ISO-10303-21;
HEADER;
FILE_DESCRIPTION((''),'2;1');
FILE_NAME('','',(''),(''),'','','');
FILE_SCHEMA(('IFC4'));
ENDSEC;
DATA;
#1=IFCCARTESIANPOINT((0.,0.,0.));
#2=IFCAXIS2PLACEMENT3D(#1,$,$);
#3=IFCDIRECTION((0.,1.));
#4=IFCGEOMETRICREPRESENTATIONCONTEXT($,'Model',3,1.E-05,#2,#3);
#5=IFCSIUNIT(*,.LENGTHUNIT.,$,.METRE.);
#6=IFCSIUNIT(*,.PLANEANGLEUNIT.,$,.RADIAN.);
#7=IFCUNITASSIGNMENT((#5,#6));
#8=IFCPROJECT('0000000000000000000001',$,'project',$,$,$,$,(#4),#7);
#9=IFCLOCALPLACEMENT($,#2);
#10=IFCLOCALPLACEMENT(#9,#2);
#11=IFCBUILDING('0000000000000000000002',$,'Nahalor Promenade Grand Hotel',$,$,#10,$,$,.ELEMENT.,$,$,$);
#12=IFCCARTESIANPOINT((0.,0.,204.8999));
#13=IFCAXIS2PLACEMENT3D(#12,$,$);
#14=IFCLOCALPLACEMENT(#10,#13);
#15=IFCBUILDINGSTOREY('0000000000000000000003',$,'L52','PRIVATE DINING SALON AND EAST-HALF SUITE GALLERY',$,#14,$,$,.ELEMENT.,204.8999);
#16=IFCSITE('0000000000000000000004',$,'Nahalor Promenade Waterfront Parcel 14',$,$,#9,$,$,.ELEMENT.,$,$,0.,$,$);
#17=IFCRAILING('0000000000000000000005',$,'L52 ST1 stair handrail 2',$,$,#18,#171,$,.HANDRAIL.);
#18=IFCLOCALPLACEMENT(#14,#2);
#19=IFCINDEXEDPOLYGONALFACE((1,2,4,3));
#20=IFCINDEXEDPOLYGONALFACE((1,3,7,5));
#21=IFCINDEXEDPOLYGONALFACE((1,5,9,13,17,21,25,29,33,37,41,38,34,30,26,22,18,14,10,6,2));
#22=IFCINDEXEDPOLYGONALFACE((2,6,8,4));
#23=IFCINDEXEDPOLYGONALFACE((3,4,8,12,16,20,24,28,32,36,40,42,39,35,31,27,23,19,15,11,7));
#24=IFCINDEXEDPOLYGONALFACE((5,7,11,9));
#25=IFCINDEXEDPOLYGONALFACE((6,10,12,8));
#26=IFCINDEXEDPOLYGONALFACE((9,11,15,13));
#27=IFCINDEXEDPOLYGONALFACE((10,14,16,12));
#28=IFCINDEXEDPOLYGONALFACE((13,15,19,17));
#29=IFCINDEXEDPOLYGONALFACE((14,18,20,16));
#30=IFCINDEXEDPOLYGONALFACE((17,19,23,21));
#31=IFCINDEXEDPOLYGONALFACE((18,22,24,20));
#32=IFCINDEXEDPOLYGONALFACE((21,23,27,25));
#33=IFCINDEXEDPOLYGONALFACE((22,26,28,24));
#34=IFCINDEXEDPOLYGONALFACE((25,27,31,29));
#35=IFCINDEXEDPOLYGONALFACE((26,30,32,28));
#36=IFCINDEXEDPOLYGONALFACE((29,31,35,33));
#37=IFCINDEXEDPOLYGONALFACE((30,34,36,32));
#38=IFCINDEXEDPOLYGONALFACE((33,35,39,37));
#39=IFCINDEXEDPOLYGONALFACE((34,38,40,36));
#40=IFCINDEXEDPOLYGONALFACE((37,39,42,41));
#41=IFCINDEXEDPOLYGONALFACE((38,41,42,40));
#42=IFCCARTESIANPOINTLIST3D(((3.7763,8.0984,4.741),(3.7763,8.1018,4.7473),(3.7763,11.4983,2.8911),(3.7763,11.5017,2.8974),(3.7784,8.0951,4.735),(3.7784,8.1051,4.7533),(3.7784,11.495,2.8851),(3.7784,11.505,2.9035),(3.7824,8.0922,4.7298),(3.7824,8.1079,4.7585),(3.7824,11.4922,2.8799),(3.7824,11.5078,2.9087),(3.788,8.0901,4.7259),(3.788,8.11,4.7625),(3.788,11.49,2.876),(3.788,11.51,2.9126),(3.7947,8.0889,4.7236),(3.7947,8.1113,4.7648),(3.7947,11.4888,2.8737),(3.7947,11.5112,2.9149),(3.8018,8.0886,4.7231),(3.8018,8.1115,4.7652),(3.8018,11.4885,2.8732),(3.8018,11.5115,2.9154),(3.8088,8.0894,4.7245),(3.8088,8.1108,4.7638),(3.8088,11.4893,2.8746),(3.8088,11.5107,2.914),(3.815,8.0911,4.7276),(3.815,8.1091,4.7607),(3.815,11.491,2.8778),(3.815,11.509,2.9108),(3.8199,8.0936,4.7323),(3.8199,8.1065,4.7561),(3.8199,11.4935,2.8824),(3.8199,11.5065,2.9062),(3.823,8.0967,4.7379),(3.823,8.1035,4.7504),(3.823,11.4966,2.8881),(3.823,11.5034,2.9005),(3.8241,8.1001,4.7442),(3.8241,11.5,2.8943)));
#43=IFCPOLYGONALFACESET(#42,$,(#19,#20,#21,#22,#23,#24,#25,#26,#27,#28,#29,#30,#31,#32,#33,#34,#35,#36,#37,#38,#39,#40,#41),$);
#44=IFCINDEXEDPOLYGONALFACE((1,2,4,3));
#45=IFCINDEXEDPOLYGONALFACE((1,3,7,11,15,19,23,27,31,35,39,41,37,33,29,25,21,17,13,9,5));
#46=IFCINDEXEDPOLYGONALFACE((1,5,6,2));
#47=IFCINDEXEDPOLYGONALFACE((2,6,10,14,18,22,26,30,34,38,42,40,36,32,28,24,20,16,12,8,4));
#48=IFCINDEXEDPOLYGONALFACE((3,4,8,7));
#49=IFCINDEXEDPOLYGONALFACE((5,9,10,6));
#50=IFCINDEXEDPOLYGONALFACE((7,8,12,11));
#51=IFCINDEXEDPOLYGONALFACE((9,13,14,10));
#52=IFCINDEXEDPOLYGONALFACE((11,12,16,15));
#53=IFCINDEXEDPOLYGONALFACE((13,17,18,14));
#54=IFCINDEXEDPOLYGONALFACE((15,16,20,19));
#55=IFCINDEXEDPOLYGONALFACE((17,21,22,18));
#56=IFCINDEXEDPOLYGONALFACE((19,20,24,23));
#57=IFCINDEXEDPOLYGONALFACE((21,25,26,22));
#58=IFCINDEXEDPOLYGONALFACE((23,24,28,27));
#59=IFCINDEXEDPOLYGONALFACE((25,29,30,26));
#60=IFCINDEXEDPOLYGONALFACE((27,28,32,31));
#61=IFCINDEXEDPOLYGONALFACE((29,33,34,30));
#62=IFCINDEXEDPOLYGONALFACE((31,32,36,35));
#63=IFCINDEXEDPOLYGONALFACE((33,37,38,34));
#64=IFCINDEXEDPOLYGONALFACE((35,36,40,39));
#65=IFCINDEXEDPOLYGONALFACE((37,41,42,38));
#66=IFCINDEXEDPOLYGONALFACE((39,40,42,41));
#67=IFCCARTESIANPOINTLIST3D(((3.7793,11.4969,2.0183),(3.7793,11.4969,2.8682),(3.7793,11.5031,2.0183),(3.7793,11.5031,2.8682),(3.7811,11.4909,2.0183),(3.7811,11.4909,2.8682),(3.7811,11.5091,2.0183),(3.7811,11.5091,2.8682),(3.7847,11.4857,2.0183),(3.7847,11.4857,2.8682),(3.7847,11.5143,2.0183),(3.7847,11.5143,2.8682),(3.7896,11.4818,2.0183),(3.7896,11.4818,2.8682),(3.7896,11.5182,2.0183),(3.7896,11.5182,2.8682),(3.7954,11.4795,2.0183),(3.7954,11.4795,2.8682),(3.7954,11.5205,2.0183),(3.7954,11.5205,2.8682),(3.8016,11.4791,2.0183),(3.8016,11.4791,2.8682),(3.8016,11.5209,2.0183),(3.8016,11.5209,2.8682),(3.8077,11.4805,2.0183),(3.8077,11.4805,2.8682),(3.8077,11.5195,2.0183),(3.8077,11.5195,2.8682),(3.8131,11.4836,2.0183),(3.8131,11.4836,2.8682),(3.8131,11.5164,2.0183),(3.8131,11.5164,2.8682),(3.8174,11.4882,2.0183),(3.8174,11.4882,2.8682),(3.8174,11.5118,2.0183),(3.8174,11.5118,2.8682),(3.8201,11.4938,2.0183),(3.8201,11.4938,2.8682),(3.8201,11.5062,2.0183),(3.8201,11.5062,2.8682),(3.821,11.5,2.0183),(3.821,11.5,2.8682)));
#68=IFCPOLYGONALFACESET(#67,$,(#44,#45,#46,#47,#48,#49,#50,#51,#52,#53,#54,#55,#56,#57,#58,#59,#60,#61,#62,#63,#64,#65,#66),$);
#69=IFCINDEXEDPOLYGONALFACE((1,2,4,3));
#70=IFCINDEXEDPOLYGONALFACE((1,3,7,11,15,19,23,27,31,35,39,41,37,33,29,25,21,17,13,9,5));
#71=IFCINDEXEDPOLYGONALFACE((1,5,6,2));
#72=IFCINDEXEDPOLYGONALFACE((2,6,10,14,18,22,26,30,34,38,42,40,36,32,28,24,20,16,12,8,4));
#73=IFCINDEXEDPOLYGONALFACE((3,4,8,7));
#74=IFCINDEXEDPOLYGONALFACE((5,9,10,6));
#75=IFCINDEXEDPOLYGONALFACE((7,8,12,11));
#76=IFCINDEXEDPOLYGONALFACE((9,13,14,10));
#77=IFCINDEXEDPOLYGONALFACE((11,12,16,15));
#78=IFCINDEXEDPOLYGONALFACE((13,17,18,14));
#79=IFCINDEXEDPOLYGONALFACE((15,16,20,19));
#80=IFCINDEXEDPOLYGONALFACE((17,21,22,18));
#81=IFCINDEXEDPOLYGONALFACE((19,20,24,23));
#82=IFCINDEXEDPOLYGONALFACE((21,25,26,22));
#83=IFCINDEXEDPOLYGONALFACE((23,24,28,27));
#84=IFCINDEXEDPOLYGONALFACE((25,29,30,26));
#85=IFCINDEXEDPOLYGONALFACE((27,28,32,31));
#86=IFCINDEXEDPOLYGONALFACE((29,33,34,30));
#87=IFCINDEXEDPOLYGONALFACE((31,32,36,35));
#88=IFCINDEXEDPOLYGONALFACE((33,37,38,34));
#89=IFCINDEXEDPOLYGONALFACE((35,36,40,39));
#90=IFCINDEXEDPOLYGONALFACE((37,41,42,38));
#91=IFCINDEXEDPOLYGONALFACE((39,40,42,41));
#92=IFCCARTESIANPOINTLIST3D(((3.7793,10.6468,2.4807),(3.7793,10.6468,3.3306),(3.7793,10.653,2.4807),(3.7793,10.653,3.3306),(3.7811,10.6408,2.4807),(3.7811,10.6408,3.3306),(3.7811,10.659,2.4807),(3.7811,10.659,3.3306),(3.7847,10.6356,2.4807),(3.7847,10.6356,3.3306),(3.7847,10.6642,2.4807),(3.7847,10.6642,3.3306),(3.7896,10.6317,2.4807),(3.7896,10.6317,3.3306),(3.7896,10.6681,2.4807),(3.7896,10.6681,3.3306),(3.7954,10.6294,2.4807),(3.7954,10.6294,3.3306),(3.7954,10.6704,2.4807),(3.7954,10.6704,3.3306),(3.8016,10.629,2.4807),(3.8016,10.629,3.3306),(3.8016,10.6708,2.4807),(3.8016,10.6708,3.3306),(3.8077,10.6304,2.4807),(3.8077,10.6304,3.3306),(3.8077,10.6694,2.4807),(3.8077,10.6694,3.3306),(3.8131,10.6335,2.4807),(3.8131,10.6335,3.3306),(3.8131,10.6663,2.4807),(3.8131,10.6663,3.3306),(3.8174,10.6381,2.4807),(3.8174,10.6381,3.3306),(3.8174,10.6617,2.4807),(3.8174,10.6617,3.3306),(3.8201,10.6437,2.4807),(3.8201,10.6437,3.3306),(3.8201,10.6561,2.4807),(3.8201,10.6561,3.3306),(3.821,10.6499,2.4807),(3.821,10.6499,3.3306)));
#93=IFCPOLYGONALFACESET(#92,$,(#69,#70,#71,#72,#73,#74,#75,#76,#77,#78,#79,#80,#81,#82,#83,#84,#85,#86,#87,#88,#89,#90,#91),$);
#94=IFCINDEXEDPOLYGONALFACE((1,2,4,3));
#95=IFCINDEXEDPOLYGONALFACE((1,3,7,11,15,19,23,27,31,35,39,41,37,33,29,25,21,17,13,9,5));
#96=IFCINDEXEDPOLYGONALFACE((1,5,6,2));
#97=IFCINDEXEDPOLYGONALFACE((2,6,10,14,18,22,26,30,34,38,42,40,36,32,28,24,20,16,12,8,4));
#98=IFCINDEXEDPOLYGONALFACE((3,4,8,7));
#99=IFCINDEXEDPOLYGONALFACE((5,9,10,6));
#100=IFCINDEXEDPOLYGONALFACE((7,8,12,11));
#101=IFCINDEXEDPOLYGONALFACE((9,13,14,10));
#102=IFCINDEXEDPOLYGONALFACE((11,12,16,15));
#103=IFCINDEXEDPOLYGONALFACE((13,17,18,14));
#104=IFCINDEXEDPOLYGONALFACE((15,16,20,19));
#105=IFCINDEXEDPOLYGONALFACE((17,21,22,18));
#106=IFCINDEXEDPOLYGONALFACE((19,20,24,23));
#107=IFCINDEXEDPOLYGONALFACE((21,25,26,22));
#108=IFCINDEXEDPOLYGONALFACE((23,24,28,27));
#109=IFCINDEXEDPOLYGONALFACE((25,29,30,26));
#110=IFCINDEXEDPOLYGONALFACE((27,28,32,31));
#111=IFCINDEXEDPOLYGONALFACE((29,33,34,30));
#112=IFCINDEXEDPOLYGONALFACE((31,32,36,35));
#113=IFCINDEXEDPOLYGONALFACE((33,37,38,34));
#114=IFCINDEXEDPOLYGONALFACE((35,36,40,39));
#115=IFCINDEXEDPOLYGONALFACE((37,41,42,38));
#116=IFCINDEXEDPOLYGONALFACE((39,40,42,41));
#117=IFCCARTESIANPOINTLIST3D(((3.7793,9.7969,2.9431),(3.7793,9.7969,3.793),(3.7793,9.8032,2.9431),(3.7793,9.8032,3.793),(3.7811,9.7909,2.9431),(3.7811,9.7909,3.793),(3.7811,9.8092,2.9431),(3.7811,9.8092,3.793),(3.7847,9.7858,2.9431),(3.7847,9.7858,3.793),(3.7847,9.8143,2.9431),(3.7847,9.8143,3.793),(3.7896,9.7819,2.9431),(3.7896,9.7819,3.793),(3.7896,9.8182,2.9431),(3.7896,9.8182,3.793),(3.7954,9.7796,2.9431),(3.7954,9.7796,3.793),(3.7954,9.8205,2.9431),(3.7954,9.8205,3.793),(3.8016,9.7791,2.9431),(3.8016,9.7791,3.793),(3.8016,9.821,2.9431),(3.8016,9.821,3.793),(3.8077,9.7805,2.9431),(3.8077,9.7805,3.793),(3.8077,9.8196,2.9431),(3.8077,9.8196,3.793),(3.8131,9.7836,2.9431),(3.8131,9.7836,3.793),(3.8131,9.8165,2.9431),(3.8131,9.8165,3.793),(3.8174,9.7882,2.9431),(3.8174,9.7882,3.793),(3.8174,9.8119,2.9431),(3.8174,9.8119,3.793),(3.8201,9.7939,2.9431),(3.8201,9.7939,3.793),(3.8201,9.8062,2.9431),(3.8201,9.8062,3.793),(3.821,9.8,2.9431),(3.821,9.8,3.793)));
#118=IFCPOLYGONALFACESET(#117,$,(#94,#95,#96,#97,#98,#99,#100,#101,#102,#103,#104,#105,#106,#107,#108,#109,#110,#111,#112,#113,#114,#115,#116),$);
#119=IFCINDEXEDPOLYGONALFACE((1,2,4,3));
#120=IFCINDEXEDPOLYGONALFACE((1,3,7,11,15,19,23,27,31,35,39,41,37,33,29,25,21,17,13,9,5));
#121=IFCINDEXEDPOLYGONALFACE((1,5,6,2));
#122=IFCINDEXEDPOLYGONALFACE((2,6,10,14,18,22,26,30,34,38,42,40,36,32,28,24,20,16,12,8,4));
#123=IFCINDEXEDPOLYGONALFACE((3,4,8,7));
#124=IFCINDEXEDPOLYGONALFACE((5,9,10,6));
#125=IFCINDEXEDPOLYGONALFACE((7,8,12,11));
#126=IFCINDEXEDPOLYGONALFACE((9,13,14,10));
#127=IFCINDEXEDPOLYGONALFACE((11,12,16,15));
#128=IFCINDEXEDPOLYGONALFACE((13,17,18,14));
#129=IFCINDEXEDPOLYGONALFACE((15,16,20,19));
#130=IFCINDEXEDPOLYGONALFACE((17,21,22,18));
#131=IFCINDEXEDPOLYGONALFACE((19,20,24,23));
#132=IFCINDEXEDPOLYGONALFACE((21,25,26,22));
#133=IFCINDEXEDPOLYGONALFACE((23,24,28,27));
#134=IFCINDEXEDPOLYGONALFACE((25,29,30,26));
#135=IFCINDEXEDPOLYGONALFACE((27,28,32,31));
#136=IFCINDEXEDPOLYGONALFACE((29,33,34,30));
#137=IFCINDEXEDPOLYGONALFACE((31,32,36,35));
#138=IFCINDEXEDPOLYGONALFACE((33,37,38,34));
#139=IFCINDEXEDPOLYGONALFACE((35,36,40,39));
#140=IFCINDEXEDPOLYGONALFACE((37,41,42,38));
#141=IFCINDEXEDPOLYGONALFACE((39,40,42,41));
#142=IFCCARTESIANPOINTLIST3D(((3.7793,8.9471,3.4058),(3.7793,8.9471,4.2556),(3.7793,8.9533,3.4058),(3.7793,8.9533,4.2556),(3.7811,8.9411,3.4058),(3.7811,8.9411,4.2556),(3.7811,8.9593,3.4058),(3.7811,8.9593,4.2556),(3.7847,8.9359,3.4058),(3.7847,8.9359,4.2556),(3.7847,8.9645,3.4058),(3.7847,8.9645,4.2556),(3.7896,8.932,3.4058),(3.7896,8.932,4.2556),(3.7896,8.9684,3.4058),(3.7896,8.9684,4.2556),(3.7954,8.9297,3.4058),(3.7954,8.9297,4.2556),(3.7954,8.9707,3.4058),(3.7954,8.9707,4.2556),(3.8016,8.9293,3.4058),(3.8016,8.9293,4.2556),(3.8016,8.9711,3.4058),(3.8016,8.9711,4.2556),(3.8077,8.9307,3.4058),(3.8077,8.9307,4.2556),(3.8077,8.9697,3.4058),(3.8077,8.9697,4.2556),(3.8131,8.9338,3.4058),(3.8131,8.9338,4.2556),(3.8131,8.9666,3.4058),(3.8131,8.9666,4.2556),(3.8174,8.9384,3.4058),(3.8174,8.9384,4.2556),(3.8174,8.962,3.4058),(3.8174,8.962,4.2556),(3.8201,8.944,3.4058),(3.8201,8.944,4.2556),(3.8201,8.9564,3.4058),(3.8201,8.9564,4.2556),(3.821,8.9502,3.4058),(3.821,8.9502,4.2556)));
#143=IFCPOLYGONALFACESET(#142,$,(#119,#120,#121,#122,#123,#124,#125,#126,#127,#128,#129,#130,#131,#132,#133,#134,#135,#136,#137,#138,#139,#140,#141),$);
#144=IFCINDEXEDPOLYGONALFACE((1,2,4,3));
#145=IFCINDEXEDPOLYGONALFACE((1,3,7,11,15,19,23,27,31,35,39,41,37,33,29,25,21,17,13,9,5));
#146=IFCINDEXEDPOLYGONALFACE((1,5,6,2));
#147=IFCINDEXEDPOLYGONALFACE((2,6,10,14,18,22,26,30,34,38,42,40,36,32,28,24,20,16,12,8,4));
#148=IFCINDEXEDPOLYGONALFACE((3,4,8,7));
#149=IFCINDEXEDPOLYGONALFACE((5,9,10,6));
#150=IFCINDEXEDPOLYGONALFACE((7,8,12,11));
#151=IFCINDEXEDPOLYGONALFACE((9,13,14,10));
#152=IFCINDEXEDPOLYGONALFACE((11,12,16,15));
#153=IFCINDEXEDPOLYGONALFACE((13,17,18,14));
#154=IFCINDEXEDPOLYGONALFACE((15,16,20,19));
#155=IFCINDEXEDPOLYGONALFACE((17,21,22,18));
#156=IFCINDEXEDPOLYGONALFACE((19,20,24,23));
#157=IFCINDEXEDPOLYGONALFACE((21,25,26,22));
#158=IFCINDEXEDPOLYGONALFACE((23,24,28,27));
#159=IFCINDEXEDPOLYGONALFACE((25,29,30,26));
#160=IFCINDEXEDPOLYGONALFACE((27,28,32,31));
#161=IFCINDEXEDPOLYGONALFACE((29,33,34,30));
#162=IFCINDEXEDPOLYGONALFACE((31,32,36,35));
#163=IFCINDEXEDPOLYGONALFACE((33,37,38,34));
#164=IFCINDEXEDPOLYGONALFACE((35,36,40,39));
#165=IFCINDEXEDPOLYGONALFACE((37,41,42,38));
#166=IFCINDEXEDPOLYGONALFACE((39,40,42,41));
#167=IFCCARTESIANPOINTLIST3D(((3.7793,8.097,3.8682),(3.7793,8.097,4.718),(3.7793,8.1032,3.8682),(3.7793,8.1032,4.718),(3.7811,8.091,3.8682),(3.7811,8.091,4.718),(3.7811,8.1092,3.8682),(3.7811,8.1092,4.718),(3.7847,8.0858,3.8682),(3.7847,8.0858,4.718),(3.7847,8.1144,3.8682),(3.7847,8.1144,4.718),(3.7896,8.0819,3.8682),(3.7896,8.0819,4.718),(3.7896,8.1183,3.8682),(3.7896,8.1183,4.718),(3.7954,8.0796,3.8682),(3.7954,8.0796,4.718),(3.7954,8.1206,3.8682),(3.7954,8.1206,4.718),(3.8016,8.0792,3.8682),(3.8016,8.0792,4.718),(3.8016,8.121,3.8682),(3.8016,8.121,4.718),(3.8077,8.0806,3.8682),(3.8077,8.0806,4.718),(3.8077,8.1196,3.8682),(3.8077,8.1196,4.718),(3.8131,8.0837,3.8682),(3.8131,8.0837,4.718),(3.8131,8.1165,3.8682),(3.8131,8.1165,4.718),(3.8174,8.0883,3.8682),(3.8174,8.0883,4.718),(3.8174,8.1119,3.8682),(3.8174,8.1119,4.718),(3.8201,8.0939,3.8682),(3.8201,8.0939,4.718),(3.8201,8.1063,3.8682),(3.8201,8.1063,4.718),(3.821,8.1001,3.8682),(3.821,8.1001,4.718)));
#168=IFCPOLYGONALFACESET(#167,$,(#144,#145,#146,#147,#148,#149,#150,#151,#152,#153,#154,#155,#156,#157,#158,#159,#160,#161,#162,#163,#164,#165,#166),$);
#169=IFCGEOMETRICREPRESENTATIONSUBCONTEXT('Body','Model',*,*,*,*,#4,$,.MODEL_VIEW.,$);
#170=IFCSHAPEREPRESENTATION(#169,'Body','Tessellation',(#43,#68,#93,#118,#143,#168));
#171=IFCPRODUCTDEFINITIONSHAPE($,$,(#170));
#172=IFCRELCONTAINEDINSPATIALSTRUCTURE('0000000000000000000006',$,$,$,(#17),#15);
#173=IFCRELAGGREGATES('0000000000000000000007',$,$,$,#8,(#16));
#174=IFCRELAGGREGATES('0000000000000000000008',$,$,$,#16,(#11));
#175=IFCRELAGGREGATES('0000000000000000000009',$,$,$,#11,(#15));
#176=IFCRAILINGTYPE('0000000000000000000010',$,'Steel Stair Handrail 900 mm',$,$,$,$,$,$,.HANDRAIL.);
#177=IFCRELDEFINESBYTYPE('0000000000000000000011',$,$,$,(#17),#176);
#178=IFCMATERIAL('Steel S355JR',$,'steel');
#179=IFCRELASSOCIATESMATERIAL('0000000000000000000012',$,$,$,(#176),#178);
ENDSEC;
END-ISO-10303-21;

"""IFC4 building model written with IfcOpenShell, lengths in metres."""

from ifc_helpers import new_model, si_unit, direction, frame, origin, origin_2d, place, context, subcontext, project, spatial, circle, extrude, material, type_object, element, save


model = new_model("IFC4")

# Units and contexts
model_context = context("Model", 3, precision=1e-05, world=origin(), true_north=direction((0.0, 1.0)))
body_context = subcontext(model_context, "Body", "Model", "MODEL_VIEW")
ifc_project = project(units=[si_unit("LENGTHUNIT", "METRE"), si_unit("PLANEANGLEUNIT", "RADIAN")], contexts=[model_context])

# Site, building, storey
site_placement = place(None, origin())
site = spatial("IfcSite", under=ifc_project, at=site_placement, Name="Nahalor Promenade Waterfront Parcel 14", CompositionType="ELEMENT", RefElevation=0.0)
building_placement = place(site_placement, origin())
building = spatial("IfcBuilding", under=site, at=building_placement, Name="Nahalor Promenade Grand Hotel", CompositionType="ELEMENT")
storey_placement = place(building_placement, frame((0.0, 0.0, 204.8999)))
storey = spatial("IfcBuildingStorey", under=building, at=storey_placement, Name="L52", Description="PRIVATE DINING SALON AND EAST-HALF SUITE GALLERY", CompositionType="ELEMENT", Elevation=204.8999)

# Shared definitions
ifc_material_1 = material(Name="Steel S355JR", Category="steel")

# Railing
railing_type_1 = type_object("IfcRailingType", Name="Steel Stair Handrail 900 mm", PredefinedType="HANDRAIL", material=ifc_material_1)
railing_1_placement = place(storey_placement, frame((3.8, 11.5, 2.0183)))
element("IfcRailing", 1, at=railing_1_placement, inside=storey, type_object=railing_type_1, Name="L52 ST1 stair handrail 2", PredefinedType="HANDRAIL", context=body_context, shape_type="SweptSolid", body=[
    extrude(circle(Radius=0.024, at=origin_2d()), frame((0.0, 0.0, 0.876), z_axis=(0.0, -0.878399, 0.477928), x_axis=(1.0, 0.0, 0.0)), (0.0, 0.0, 1.0), 3.8706),
    extrude(circle(Radius=0.021, at=origin_2d()), origin(), (0.0, 0.0, 1.0), 0.8499),
    extrude(circle(Radius=0.021, at=origin_2d()), frame((0.0, -0.8501, 0.4624)), (0.0, 0.0, 1.0), 0.8499),
    extrude(circle(Radius=0.021, at=origin_2d()), frame((0.0, -1.7, 0.9248)), (0.0, 0.0, 1.0), 0.8499),
    extrude(circle(Radius=0.021, at=origin_2d()), frame((0.0, -2.5498, 1.3875)), (0.0, 0.0, 1.0), 0.8499),
    extrude(circle(Radius=0.021, at=origin_2d()), frame((0.0, -3.3999, 1.8499)), (0.0, 0.0, 1.0), 0.8499),
])

save(model, "model.ifc")
